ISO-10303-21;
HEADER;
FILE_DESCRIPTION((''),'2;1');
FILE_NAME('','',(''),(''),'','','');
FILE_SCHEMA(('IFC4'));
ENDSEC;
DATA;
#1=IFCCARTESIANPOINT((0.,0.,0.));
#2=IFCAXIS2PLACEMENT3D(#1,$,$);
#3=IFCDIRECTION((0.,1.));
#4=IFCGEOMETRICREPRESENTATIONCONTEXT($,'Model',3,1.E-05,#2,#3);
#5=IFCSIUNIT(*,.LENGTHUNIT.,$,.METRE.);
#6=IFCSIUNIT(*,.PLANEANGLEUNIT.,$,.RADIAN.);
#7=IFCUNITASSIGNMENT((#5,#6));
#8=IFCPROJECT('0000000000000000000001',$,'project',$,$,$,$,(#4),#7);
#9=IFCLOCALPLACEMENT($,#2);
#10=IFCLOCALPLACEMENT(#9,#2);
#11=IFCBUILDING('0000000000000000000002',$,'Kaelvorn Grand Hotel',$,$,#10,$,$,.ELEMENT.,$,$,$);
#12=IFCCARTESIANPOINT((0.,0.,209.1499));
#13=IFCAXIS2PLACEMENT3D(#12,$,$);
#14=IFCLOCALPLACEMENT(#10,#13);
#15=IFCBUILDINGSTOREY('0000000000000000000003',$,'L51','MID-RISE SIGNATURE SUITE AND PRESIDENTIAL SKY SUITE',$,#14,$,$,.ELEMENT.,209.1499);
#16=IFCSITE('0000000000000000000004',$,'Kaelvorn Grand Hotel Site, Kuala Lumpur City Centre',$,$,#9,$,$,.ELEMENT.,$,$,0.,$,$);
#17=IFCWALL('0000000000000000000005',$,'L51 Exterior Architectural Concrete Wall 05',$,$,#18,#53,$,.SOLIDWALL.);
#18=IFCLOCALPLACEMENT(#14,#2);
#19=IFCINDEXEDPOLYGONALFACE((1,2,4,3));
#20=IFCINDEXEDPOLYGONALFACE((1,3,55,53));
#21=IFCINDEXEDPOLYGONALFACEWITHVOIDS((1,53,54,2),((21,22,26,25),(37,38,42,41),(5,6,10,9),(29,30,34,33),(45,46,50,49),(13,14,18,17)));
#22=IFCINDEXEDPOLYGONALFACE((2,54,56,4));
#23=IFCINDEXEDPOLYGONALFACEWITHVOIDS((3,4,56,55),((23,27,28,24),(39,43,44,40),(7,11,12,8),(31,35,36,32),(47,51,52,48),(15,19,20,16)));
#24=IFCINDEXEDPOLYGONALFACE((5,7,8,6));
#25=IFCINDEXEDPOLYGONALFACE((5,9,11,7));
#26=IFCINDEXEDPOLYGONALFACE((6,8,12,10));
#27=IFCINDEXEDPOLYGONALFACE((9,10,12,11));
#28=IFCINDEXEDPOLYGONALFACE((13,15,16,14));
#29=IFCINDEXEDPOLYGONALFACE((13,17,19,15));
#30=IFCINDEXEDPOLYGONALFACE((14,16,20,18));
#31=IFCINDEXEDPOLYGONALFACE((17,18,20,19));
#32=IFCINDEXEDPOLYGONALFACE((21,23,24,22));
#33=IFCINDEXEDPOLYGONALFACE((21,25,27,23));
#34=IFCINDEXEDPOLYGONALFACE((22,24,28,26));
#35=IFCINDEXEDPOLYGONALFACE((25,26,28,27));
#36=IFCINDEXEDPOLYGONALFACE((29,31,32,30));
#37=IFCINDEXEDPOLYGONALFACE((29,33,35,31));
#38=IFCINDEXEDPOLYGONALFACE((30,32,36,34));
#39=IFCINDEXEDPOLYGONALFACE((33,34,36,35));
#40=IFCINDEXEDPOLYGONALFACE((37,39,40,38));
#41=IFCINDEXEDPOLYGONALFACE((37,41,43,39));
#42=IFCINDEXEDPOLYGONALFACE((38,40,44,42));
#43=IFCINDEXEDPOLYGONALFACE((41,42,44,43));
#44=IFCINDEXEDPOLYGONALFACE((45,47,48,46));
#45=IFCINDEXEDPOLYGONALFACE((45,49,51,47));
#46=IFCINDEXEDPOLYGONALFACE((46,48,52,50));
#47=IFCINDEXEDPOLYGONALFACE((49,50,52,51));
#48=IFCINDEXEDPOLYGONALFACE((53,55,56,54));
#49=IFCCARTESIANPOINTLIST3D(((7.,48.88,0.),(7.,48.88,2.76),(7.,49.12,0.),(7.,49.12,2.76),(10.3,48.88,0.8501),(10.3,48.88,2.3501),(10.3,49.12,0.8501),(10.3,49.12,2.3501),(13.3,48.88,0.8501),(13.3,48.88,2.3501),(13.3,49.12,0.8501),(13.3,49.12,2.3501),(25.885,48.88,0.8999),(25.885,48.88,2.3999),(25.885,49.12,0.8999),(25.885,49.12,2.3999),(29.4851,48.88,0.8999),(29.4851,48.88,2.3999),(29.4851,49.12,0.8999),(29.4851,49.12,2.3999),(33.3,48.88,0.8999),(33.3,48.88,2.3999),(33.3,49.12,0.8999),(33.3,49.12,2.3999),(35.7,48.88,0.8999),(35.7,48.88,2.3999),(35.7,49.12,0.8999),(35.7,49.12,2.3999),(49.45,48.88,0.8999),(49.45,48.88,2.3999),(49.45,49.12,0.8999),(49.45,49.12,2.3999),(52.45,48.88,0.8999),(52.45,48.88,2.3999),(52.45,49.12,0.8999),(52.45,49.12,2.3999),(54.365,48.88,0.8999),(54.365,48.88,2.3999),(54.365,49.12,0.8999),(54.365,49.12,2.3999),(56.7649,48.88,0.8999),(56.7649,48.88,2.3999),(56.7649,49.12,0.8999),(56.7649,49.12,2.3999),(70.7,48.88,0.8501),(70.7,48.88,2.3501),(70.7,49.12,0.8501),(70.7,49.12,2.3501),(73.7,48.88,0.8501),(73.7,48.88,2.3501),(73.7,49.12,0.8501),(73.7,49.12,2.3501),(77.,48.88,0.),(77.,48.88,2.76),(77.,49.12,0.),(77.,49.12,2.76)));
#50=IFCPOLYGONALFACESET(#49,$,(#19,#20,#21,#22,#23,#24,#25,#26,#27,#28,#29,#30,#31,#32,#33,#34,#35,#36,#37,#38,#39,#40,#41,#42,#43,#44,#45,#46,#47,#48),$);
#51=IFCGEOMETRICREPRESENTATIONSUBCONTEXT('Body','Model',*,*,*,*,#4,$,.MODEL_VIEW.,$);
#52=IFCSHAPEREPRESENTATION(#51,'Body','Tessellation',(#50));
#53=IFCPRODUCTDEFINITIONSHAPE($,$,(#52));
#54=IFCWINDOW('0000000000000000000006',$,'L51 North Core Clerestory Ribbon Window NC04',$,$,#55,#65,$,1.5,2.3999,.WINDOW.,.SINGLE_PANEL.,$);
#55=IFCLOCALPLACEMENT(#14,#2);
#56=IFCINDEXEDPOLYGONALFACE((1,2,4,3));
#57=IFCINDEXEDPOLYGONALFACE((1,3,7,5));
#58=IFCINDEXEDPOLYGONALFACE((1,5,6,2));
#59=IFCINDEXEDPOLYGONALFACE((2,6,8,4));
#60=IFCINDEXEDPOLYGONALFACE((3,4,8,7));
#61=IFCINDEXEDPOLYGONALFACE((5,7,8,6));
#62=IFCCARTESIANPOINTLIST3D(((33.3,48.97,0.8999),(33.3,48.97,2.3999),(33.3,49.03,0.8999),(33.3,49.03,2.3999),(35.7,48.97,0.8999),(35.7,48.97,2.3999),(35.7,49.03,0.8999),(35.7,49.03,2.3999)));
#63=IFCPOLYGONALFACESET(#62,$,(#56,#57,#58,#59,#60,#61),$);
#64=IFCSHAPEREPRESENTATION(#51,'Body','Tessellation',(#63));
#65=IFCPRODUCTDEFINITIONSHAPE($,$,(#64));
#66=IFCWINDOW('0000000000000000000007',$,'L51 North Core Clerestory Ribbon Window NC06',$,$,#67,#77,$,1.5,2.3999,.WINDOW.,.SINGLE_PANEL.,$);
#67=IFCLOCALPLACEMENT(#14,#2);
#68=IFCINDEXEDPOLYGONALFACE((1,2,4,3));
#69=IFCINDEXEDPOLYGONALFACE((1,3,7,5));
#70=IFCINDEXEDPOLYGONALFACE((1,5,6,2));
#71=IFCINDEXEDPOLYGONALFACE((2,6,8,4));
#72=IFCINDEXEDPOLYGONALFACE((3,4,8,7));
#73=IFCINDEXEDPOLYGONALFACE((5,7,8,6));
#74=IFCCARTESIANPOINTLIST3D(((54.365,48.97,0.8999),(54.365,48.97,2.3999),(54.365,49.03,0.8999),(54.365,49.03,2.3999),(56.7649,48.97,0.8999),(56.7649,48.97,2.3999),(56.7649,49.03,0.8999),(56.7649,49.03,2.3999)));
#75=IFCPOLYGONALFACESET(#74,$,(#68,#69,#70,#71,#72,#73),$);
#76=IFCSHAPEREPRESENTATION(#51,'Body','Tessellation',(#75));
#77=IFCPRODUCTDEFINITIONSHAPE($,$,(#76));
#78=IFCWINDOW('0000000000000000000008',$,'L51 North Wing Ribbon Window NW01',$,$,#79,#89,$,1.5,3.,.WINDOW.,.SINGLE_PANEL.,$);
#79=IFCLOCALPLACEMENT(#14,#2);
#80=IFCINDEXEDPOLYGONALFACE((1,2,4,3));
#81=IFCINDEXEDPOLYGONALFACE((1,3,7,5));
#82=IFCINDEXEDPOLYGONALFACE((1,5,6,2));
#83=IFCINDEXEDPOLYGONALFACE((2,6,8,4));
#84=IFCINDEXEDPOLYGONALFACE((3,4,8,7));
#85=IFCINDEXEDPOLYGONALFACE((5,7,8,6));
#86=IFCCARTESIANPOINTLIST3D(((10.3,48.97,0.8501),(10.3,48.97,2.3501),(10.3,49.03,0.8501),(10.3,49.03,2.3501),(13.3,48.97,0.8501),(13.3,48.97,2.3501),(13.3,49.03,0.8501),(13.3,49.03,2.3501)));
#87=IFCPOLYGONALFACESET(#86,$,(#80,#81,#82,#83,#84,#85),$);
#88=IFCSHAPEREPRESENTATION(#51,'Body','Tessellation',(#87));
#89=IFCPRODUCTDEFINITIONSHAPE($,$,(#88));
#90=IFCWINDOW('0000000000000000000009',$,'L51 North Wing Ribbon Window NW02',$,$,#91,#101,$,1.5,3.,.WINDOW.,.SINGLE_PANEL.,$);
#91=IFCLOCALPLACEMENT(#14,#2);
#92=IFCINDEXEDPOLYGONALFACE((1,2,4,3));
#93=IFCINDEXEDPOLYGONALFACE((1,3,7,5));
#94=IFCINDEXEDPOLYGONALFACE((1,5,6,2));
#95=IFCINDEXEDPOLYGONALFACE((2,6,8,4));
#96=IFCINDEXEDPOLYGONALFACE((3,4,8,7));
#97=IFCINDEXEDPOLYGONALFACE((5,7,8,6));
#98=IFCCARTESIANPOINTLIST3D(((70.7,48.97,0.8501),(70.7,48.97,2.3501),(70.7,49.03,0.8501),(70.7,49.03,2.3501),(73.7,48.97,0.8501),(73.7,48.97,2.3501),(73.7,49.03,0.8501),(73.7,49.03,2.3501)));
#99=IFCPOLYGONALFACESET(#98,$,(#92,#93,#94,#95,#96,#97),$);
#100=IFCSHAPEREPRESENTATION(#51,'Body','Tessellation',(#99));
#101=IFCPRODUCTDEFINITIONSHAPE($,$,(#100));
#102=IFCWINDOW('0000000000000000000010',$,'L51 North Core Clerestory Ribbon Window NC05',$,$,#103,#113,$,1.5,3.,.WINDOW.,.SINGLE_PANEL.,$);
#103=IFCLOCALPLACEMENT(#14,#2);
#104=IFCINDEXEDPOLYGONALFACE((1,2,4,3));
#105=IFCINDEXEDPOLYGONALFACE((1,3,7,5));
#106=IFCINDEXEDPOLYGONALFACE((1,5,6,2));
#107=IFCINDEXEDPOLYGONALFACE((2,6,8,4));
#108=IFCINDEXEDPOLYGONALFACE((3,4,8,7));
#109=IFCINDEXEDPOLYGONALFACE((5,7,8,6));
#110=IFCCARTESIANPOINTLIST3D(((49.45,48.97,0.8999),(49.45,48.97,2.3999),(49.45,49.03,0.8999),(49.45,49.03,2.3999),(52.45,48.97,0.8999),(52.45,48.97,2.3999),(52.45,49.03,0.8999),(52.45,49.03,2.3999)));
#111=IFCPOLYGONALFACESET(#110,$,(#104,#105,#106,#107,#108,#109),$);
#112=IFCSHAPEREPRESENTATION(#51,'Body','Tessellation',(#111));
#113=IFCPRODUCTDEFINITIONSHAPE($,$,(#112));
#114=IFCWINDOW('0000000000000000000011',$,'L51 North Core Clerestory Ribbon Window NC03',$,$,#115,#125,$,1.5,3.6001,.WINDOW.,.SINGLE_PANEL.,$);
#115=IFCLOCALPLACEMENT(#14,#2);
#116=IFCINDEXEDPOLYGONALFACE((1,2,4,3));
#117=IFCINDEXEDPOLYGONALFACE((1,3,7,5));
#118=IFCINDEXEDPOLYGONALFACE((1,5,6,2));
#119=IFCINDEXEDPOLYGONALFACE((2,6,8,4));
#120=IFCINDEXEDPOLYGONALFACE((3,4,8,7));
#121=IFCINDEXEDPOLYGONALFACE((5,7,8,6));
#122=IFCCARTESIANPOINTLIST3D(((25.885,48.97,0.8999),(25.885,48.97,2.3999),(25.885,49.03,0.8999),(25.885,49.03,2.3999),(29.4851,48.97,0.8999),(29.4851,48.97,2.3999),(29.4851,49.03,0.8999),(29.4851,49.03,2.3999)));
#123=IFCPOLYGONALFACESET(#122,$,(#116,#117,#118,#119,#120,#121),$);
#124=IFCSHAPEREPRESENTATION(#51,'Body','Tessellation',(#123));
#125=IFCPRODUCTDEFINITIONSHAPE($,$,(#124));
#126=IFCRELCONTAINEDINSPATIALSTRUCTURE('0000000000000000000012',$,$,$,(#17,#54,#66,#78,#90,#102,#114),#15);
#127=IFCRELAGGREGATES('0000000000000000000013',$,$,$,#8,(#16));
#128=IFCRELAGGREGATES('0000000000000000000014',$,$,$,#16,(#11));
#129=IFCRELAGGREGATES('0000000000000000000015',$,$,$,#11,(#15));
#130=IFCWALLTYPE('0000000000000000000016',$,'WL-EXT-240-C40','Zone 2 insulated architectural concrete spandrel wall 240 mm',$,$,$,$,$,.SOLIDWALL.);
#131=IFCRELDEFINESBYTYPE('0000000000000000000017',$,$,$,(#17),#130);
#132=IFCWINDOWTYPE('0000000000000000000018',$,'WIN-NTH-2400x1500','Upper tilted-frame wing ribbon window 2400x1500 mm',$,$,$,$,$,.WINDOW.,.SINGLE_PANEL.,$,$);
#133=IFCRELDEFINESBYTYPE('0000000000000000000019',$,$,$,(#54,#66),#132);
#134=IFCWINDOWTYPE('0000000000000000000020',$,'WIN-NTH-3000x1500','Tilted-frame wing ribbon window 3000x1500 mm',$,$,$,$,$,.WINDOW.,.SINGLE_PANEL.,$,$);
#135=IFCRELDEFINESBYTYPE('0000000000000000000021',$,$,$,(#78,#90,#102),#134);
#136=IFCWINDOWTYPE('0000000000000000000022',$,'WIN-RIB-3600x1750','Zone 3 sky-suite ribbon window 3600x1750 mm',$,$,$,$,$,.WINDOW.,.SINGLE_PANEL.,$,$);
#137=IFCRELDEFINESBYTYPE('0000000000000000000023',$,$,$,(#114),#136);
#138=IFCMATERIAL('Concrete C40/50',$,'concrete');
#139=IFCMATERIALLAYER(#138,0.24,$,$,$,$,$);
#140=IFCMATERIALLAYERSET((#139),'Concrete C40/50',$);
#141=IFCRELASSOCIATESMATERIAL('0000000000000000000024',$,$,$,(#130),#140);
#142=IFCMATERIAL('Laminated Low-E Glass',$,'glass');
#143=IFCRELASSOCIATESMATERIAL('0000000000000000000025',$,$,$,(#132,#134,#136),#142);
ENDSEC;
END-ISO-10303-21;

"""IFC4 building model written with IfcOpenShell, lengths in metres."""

from ifc_helpers import new_model, si_unit, direction, frame, frame_2d, origin, place, context, subcontext, project, spatial, rectangle, extrude, material, layer, layer_set, type_object, element, fill, save


model = new_model("IFC4")

# Units and contexts
model_context = context("Model", 3, precision=1e-05, world=origin(), true_north=direction((0.0, 1.0)))
body_context = subcontext(model_context, "Body", "Model", "MODEL_VIEW")
ifc_project = project(units=[si_unit("LENGTHUNIT", "METRE"), si_unit("PLANEANGLEUNIT", "RADIAN")], contexts=[model_context])

# Site, building, storey
site_placement = place(None, origin())
site = spatial("IfcSite", under=ifc_project, at=site_placement, Name="Kaelvorn Grand Hotel Site, Kuala Lumpur City Centre", CompositionType="ELEMENT", RefElevation=0.0)
building_placement = place(site_placement, origin())
building = spatial("IfcBuilding", under=site, at=building_placement, Name="Kaelvorn Grand Hotel", CompositionType="ELEMENT")
storey_placement = place(building_placement, frame((0.0, 0.0, 209.1499)))
storey = spatial("IfcBuildingStorey", under=building, at=storey_placement, Name="L51", Description="MID-RISE SIGNATURE SUITE AND PRESIDENTIAL SKY SUITE", CompositionType="ELEMENT", Elevation=209.1499)

# Shared definitions
ifc_material_1 = material(Name="Concrete C40/50", Category="concrete")
ifc_layer_1 = layer(ifc_material_1, 0.24)
ifc_layer_set_1 = layer_set([ifc_layer_1], Name="Concrete C40/50")
wall_type = type_object("IfcWallType", Name="WL-EXT-240-C40", Description="Zone 2 insulated architectural concrete spandrel wall 240 mm", PredefinedType="SOLIDWALL", material=ifc_layer_set_1)
ifc_material_2 = material(Name="Laminated Low-E Glass", Category="glass")

# Wall, openings, windows
wall_1_placement = place(storey_placement, frame((77.0, 49.0, 0.0), z_axis=(0.0, 0.0, 1.0), x_axis=(-1.0, 0.0, 0.0)))
wall_1 = element("IfcWall", 1, at=wall_1_placement, inside=storey, type_object=wall_type, Name="L51 Exterior Architectural Concrete Wall 05", PredefinedType="SOLIDWALL", context=body_context, shape_type="SweptSolid", body=[
    extrude(rectangle(XDim=70.0, YDim=0.24, at=frame_2d((35.0, 0.0))), origin(), (0.0, 0.0, 1.0), 2.76),
])
opening_1_placement = place(wall_1_placement, frame((63.7, 0.0, 0.8501)))
opening_1 = element("IfcOpeningElement", 2, at=opening_1_placement, cuts=wall_1, PredefinedType="OPENING", context=body_context, shape_type="SweptSolid", body=[
    extrude(rectangle(XDim=3.0, YDim=1.5, at=frame_2d((1.5, 0.75))), frame((0.0, 0.1299, 0.0), z_axis=(0.0, -1.0, 0.0), x_axis=(1.0, 0.0, 0.0)), (0.0, 0.0, 1.0), 0.26),
])
opening_2_placement = place(wall_1_placement, frame((3.3, 0.0, 0.8501)))
opening_2 = element("IfcOpeningElement", 3, at=opening_2_placement, cuts=wall_1, PredefinedType="OPENING", context=body_context, shape_type="SweptSolid", body=[
    extrude(rectangle(XDim=3.0, YDim=1.5, at=frame_2d((1.5, 0.75))), frame((0.0, 0.1299, 0.0), z_axis=(0.0, -1.0, 0.0), x_axis=(1.0, 0.0, 0.0)), (0.0, 0.0, 1.0), 0.26),
])
opening_3_placement = place(wall_1_placement, frame((47.5149, 0.0, 0.8999)))
opening_3 = element("IfcOpeningElement", 4, at=opening_3_placement, cuts=wall_1, PredefinedType="OPENING", context=body_context, shape_type="SweptSolid", body=[
    extrude(rectangle(XDim=3.6001, YDim=1.5, at=frame_2d((1.8, 0.75))), frame((0.0, 0.1299, 0.0), z_axis=(0.0, -1.0, 0.0), x_axis=(1.0, 0.0, 0.0)), (0.0, 0.0, 1.0), 0.26),
])
opening_4_placement = place(wall_1_placement, frame((41.3, 0.0, 0.8999)))
opening_4 = element("IfcOpeningElement", 5, at=opening_4_placement, cuts=wall_1, PredefinedType="OPENING", context=body_context, shape_type="SweptSolid", body=[
    extrude(rectangle(XDim=2.3999, YDim=1.5, at=frame_2d((1.2, 0.75))), frame((0.0, 0.1299, 0.0), z_axis=(0.0, -1.0, 0.0), x_axis=(1.0, 0.0, 0.0)), (0.0, 0.0, 1.0), 0.26),
])
opening_5_placement = place(wall_1_placement, frame((24.55, 0.0, 0.8999)))
opening_5 = element("IfcOpeningElement", 6, at=opening_5_placement, cuts=wall_1, PredefinedType="OPENING", context=body_context, shape_type="SweptSolid", body=[
    extrude(rectangle(XDim=3.0, YDim=1.5, at=frame_2d((1.5, 0.75))), frame((0.0, 0.1299, 0.0), z_axis=(0.0, -1.0, 0.0), x_axis=(1.0, 0.0, 0.0)), (0.0, 0.0, 1.0), 0.26),
])
opening_6_placement = place(wall_1_placement, frame((20.2351, 0.0, 0.8999)))
opening_6 = element("IfcOpeningElement", 7, at=opening_6_placement, cuts=wall_1, PredefinedType="OPENING", context=body_context, shape_type="SweptSolid", body=[
    extrude(rectangle(XDim=2.3999, YDim=1.5, at=frame_2d((1.2, 0.75))), frame((0.0, 0.1299, 0.0), z_axis=(0.0, -1.0, 0.0), x_axis=(1.0, 0.0, 0.0)), (0.0, 0.0, 1.0), 0.26),
])
window_type_1 = type_object("IfcWindowType", Name="WIN-NTH-2400x1500", Description="Upper tilted-frame wing ribbon window 2400x1500 mm", PartitioningType="SINGLE_PANEL", PredefinedType="WINDOW", material=ifc_material_2)
window_1_placement = place(opening_4_placement, origin())
window_1 = element("IfcWindow", 8, at=window_1_placement, inside=storey, type_object=window_type_1, Name="L51 North Core Clerestory Ribbon Window NC04", OverallHeight=1.5, OverallWidth=2.3999, PartitioningType="SINGLE_PANEL", PredefinedType="WINDOW", context=body_context, shape_type="SweptSolid", body=[
    extrude(rectangle(XDim=2.3999, YDim=1.5, at=frame_2d((1.2, 0.75))), frame((0.0, 0.03, 0.0), z_axis=(0.0, -1.0, 0.0), x_axis=(1.0, 0.0, 0.0)), (0.0, 0.0, 1.0), 0.0601),
])
fill(opening_4, window_1)
window_2_placement = place(opening_6_placement, origin())
window_2 = element("IfcWindow", 9, at=window_2_placement, inside=storey, type_object=window_type_1, Name="L51 North Core Clerestory Ribbon Window NC06", OverallHeight=1.5, OverallWidth=2.3999, PartitioningType="SINGLE_PANEL", PredefinedType="WINDOW", context=body_context, shape_type="SweptSolid", body=[
    extrude(rectangle(XDim=2.3999, YDim=1.5, at=frame_2d((1.2, 0.75))), frame((0.0, 0.03, 0.0), z_axis=(0.0, -1.0, 0.0), x_axis=(1.0, 0.0, 0.0)), (0.0, 0.0, 1.0), 0.0601),
])
fill(opening_6, window_2)
window_type_2 = type_object("IfcWindowType", Name="WIN-NTH-3000x1500", Description="Tilted-frame wing ribbon window 3000x1500 mm", PartitioningType="SINGLE_PANEL", PredefinedType="WINDOW", material=ifc_material_2)
window_3_placement = place(opening_1_placement, origin())
window_3 = element("IfcWindow", 10, at=window_3_placement, inside=storey, type_object=window_type_2, Name="L51 North Wing Ribbon Window NW01", OverallHeight=1.5, OverallWidth=3.0, PartitioningType="SINGLE_PANEL", PredefinedType="WINDOW", context=body_context, shape_type="SweptSolid", body=[
    extrude(rectangle(XDim=3.0, YDim=1.5, at=frame_2d((1.5, 0.75))), frame((0.0, 0.03, 0.0), z_axis=(0.0, -1.0, 0.0), x_axis=(1.0, 0.0, 0.0)), (0.0, 0.0, 1.0), 0.0601),
])
fill(opening_1, window_3)
window_4_placement = place(opening_2_placement, origin())
window_4 = element("IfcWindow", 11, at=window_4_placement, inside=storey, type_object=window_type_2, Name="L51 North Wing Ribbon Window NW02", OverallHeight=1.5, OverallWidth=3.0, PartitioningType="SINGLE_PANEL", PredefinedType="WINDOW", context=body_context, shape_type="SweptSolid", body=[
    extrude(rectangle(XDim=3.0, YDim=1.5, at=frame_2d((1.5, 0.75))), frame((0.0, 0.03, 0.0), z_axis=(0.0, -1.0, 0.0), x_axis=(1.0, 0.0, 0.0)), (0.0, 0.0, 1.0), 0.0601),
])
fill(opening_2, window_4)
window_5_placement = place(opening_5_placement, origin())
window_5 = element("IfcWindow", 12, at=window_5_placement, inside=storey, type_object=window_type_2, Name="L51 North Core Clerestory Ribbon Window NC05", OverallHeight=1.5, OverallWidth=3.0, PartitioningType="SINGLE_PANEL", PredefinedType="WINDOW", context=body_context, shape_type="SweptSolid", body=[
    extrude(rectangle(XDim=3.0, YDim=1.5, at=frame_2d((1.5, 0.75))), frame((0.0, 0.03, 0.0), z_axis=(0.0, -1.0, 0.0), x_axis=(1.0, 0.0, 0.0)), (0.0, 0.0, 1.0), 0.0601),
])
fill(opening_5, window_5)
window_type_3 = type_object("IfcWindowType", Name="WIN-RIB-3600x1750", Description="Zone 3 sky-suite ribbon window 3600x1750 mm", PartitioningType="SINGLE_PANEL", PredefinedType="WINDOW", material=ifc_material_2)
window_6_placement = place(opening_3_placement, origin())
window_6 = element("IfcWindow", 13, at=window_6_placement, inside=storey, type_object=window_type_3, Name="L51 North Core Clerestory Ribbon Window NC03", OverallHeight=1.5, OverallWidth=3.6001, PartitioningType="SINGLE_PANEL", PredefinedType="WINDOW", context=body_context, shape_type="SweptSolid", body=[
    extrude(rectangle(XDim=3.6001, YDim=1.5, at=frame_2d((1.8, 0.75))), frame((0.0, 0.03, 0.0), z_axis=(0.0, -1.0, 0.0), x_axis=(1.0, 0.0, 0.0)), (0.0, 0.0, 1.0), 0.0601),
])
fill(opening_3, window_6)

save(model, "model.ifc")
